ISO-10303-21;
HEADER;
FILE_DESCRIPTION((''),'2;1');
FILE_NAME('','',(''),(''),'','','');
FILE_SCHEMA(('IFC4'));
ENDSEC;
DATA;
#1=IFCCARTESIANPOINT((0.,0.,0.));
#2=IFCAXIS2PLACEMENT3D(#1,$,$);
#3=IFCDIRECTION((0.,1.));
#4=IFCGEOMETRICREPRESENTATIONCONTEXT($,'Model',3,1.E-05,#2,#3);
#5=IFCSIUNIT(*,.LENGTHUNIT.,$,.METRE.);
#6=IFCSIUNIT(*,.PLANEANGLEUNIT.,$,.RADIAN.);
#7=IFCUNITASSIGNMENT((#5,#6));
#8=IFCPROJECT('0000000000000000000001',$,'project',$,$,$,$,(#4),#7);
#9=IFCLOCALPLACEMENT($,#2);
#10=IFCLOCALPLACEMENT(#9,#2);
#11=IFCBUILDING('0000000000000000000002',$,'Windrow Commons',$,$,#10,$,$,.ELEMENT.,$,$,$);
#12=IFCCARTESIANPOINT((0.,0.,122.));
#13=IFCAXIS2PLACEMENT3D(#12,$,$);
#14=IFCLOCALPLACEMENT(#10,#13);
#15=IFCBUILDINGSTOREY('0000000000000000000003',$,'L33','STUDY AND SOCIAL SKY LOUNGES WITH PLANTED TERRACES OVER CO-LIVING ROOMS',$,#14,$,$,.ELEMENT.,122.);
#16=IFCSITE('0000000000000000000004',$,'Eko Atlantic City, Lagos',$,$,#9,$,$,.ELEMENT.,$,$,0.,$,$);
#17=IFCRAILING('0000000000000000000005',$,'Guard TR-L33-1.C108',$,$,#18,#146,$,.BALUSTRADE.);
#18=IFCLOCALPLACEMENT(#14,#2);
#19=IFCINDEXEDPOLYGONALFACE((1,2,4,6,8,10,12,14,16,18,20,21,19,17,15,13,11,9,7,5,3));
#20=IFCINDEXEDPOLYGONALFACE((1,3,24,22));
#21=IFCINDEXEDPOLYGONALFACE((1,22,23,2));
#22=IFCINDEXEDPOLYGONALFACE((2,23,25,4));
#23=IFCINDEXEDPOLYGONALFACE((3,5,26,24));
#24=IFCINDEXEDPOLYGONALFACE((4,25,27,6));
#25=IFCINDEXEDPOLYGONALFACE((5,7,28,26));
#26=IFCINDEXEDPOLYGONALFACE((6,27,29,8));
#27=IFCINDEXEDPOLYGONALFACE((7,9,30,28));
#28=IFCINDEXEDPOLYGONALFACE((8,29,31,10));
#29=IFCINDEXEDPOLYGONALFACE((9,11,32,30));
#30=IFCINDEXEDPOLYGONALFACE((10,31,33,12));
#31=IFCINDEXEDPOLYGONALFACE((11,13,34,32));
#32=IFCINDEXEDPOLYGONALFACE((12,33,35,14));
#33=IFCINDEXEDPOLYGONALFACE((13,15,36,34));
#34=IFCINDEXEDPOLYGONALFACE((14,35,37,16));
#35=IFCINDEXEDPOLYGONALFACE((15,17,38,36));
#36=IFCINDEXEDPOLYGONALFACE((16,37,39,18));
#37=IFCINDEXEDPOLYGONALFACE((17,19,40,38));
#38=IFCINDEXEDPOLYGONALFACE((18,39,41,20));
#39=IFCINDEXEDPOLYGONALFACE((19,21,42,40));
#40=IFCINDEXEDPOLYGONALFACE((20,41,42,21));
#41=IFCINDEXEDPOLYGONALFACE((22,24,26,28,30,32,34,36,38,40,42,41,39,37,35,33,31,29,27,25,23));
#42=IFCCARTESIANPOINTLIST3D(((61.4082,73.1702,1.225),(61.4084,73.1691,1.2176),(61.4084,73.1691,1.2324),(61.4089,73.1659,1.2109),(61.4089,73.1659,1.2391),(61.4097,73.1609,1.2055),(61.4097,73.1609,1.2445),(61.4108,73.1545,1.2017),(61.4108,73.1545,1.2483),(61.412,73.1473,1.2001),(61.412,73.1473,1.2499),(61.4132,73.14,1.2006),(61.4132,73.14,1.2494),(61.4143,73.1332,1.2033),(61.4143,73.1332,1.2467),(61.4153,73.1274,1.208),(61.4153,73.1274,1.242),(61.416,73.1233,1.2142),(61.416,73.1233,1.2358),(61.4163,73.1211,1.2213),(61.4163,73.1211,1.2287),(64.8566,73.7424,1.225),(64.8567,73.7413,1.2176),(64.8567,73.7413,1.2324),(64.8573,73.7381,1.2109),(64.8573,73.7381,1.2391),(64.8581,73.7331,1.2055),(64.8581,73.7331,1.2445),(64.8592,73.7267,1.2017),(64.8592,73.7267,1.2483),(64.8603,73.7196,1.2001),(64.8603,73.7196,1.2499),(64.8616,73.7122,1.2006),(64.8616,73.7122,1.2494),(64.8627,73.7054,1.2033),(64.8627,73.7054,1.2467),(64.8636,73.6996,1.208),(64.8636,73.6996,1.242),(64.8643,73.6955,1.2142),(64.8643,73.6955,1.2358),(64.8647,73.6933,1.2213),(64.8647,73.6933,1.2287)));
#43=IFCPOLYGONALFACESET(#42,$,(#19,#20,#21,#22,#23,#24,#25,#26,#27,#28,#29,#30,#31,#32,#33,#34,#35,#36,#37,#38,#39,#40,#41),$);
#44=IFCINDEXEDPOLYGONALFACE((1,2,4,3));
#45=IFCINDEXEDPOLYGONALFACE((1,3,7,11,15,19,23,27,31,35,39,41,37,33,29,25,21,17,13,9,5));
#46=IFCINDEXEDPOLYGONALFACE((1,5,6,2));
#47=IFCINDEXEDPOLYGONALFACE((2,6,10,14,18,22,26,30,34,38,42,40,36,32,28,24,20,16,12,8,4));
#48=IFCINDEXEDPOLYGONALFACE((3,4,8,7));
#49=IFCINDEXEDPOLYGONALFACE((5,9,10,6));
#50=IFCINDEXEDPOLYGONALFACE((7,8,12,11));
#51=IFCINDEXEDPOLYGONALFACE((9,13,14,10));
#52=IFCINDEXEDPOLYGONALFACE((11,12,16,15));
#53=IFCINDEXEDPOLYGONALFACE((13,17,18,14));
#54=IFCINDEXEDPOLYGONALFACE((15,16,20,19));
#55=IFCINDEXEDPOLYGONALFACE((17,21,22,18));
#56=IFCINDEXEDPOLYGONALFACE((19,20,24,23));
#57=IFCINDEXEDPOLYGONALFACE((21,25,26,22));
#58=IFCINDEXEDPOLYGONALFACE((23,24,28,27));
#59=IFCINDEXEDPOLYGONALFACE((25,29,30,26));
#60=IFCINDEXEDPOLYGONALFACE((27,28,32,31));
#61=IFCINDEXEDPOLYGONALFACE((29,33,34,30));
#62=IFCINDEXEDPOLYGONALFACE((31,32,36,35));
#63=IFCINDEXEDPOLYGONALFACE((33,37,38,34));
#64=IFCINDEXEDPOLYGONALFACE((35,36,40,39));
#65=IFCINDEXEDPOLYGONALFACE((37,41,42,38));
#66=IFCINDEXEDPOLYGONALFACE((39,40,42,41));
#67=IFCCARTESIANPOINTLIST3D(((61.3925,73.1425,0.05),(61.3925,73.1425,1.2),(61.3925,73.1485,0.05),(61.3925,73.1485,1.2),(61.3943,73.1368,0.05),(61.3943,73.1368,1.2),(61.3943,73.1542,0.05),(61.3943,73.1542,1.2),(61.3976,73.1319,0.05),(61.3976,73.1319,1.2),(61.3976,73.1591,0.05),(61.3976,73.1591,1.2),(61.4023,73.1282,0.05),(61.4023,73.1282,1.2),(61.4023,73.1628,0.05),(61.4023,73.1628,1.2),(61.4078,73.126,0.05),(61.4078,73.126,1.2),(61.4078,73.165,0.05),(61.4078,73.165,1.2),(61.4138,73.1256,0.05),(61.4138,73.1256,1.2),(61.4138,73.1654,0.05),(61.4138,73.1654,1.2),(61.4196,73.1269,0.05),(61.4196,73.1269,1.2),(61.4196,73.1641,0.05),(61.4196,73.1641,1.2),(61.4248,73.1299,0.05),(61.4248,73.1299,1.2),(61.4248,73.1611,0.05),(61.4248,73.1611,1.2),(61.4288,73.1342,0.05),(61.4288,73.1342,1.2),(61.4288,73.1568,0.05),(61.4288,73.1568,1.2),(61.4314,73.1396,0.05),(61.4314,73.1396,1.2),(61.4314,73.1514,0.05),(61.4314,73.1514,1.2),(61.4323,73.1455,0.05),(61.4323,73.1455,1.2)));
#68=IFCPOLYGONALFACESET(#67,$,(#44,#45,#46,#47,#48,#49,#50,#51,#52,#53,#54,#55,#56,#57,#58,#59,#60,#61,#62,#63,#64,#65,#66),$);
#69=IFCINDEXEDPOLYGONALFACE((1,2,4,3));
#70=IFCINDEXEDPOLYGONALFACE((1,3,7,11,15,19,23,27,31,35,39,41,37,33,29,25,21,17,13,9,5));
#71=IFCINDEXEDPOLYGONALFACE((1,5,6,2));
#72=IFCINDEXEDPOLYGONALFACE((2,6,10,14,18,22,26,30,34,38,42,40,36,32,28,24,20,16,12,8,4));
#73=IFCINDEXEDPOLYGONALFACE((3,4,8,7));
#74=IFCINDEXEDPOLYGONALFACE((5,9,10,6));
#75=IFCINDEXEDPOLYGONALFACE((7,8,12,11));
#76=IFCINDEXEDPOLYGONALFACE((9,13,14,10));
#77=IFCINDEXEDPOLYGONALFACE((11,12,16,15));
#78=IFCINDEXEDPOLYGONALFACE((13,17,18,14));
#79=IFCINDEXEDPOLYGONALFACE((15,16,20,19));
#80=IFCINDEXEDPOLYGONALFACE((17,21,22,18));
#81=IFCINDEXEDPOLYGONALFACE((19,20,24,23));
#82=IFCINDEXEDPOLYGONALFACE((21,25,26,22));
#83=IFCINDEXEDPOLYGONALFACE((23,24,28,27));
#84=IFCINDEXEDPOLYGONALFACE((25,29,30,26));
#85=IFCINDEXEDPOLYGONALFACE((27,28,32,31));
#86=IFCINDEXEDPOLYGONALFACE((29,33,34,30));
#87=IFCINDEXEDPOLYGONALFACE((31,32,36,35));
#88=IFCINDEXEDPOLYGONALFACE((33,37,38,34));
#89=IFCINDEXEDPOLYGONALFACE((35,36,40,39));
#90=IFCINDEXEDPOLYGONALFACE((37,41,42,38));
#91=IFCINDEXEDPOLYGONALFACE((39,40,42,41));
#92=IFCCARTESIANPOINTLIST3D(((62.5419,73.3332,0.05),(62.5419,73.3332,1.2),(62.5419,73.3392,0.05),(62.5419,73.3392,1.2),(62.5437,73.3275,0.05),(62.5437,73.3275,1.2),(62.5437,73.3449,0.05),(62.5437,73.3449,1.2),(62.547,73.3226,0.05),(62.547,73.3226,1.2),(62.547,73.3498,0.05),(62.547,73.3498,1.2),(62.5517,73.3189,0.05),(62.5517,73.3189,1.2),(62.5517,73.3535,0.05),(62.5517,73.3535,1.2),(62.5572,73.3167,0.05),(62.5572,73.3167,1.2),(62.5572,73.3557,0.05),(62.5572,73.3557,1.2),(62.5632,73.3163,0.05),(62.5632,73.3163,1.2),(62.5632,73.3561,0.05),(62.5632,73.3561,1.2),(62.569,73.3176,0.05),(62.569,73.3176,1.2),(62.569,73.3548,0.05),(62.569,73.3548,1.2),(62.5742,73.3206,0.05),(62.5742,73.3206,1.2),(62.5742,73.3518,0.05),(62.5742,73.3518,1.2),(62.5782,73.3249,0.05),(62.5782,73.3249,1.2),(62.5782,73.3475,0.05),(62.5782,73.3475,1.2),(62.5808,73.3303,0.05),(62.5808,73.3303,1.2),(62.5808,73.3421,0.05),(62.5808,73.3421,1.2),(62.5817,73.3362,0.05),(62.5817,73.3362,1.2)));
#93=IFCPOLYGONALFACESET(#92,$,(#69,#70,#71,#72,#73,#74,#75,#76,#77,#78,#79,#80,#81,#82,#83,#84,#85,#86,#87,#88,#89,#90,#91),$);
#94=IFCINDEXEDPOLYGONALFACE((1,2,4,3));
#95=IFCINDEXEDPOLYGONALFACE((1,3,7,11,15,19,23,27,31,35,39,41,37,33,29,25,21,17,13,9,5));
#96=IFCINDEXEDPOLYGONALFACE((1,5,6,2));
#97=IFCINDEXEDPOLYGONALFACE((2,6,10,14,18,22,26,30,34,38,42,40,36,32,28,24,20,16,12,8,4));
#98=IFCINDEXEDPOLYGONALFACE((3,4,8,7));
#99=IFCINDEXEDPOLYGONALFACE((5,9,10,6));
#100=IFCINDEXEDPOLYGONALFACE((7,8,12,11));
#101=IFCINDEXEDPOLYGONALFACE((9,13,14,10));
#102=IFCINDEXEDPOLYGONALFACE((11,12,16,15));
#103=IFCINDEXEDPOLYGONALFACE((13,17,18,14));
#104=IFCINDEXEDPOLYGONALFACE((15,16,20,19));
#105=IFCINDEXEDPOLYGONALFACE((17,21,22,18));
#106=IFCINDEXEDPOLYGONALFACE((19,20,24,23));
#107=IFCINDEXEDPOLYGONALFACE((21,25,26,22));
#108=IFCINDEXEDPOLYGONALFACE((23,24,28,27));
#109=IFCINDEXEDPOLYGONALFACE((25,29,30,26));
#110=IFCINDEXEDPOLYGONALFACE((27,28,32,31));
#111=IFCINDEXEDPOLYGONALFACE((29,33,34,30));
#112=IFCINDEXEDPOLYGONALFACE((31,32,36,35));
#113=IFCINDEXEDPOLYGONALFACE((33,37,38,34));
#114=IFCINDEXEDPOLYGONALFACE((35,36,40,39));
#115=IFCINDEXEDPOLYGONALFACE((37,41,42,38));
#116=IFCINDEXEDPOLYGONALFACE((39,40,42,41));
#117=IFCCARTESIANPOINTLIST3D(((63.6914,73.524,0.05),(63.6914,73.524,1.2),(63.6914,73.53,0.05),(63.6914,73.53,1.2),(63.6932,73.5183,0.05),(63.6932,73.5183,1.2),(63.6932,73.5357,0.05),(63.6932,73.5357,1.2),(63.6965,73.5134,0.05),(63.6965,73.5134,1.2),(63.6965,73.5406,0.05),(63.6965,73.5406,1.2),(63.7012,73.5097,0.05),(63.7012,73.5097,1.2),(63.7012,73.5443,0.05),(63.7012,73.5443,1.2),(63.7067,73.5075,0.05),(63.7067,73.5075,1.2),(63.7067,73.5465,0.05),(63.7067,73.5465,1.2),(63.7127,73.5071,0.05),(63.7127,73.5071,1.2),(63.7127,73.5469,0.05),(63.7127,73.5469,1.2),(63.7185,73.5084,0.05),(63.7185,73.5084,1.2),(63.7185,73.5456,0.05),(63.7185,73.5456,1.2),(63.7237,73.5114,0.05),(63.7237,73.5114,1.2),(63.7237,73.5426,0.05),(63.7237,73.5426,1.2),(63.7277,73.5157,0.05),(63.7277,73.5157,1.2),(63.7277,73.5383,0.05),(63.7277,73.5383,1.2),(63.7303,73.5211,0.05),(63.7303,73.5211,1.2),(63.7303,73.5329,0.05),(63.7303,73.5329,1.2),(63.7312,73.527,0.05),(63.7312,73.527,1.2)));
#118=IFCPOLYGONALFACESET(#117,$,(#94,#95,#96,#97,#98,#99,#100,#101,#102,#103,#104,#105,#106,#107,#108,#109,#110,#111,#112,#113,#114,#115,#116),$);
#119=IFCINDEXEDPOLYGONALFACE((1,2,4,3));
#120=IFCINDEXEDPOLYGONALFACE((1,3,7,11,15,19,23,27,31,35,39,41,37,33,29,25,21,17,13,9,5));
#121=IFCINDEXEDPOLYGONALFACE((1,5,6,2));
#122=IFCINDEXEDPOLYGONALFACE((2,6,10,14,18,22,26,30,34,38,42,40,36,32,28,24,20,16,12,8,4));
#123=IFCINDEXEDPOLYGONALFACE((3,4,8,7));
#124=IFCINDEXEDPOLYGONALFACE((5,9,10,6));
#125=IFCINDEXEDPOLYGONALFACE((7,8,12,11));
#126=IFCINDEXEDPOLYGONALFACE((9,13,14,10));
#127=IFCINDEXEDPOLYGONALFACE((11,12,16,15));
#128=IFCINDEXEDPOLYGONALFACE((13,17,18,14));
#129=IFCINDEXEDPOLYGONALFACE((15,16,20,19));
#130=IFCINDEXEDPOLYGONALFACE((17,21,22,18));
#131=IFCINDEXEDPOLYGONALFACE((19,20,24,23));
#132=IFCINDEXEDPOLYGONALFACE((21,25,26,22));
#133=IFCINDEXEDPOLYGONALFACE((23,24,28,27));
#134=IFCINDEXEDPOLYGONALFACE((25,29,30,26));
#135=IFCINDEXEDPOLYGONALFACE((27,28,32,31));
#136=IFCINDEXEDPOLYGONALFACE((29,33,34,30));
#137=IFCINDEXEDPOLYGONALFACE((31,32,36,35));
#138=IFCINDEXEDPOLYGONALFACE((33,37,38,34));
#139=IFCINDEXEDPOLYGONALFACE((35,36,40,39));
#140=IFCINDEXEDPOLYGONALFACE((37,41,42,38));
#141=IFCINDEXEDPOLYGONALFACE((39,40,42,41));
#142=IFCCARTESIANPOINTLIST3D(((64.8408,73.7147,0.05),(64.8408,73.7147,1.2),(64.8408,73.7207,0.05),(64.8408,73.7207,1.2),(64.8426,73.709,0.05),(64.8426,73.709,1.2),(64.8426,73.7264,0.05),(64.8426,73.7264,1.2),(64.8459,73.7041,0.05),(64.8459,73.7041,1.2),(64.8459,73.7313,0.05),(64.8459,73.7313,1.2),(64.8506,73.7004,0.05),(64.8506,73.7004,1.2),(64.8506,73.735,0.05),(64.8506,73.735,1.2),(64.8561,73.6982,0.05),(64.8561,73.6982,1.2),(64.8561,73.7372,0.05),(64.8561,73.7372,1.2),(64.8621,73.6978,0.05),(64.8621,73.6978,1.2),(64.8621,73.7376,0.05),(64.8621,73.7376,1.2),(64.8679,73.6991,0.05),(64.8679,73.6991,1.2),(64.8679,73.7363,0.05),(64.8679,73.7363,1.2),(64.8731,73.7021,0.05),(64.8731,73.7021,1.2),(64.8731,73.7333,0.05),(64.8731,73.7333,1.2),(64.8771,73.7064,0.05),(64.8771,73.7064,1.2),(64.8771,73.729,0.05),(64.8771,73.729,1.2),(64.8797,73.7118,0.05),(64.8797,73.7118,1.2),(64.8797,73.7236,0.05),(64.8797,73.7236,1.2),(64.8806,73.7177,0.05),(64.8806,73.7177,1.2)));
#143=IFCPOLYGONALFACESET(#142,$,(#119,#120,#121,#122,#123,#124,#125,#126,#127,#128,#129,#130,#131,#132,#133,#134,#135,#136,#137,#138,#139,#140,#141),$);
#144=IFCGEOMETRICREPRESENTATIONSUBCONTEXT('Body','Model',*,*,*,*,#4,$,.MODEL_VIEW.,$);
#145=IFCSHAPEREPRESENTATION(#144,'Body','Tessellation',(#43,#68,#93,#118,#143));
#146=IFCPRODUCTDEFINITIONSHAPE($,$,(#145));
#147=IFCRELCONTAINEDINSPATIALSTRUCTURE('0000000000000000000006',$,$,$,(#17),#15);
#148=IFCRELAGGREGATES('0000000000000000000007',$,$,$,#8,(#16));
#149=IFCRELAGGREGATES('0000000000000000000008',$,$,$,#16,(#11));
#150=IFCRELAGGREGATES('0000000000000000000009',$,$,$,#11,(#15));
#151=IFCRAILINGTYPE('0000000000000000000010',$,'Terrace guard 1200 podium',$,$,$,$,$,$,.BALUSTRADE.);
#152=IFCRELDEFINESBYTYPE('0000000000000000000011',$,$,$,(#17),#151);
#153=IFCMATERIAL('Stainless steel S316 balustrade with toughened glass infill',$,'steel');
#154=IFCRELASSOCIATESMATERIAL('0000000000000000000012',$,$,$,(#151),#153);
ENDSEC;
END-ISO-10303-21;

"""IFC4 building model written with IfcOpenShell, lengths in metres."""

from ifc_helpers import new_model, si_unit, direction, frame, origin, origin_2d, place, context, subcontext, project, spatial, circle, extrude, material, type_object, element, save


model = new_model("IFC4")

# Units and contexts
model_context = context("Model", 3, precision=1e-05, world=origin(), true_north=direction((0.0, 1.0)))
body_context = subcontext(model_context, "Body", "Model", "MODEL_VIEW")
ifc_project = project(units=[si_unit("LENGTHUNIT", "METRE"), si_unit("PLANEANGLEUNIT", "RADIAN")], contexts=[model_context])

# Site, building, storey
site_placement = place(None, origin())
site = spatial("IfcSite", under=ifc_project, at=site_placement, Name="Eko Atlantic City, Lagos", CompositionType="ELEMENT", RefElevation=0.0)
building_placement = place(site_placement, origin())
building = spatial("IfcBuilding", under=site, at=building_placement, Name="Windrow Commons", CompositionType="ELEMENT")
storey_placement = place(building_placement, frame((0.0, 0.0, 122.0)))
storey = spatial("IfcBuildingStorey", under=building, at=storey_placement, Name="L33", Description="STUDY AND SOCIAL SKY LOUNGES WITH PLANTED TERRACES OVER CO-LIVING ROOMS", CompositionType="ELEMENT", Elevation=122.0)

# Railing
ifc_material_1 = material(Name="Stainless steel S316 balustrade with toughened glass infill", Category="steel")
railing_type_1 = type_object("IfcRailingType", Name="Terrace guard 1200 podium", PredefinedType="BALUSTRADE", material=ifc_material_1)
railing_1_placement = place(storey_placement, frame((61.4123, 73.1455, 0.05)))
element("IfcRailing", 1, at=railing_1_placement, inside=storey, type_object=railing_type_1, Name="Guard TR-L33-1.C108", PredefinedType="BALUSTRADE", context=body_context, shape_type="SweptSolid", body=[
    extrude(circle(Radius=0.025, at=origin_2d()), frame((0.0, 0.0, 1.175), z_axis=(0.98651, 0.163698, 0.0), x_axis=(-0.163698, 0.98651, 0.0)), (0.0, 0.0, 1.0), 3.4955),
    extrude(circle(Radius=0.02, at=origin_2d()), origin(), (0.0, 0.0, 1.0), 1.15),
    extrude(circle(Radius=0.02, at=origin_2d()), frame((1.1494, 0.1907, 0.0)), (0.0, 0.0, 1.0), 1.15),
    extrude(circle(Radius=0.02, at=origin_2d()), frame((2.2989, 0.3815, 0.0)), (0.0, 0.0, 1.0), 1.15),
    extrude(circle(Radius=0.02, at=origin_2d()), frame((3.4483, 0.5722, 0.0)), (0.0, 0.0, 1.0), 1.15),
])

save(model, "model.ifc")
